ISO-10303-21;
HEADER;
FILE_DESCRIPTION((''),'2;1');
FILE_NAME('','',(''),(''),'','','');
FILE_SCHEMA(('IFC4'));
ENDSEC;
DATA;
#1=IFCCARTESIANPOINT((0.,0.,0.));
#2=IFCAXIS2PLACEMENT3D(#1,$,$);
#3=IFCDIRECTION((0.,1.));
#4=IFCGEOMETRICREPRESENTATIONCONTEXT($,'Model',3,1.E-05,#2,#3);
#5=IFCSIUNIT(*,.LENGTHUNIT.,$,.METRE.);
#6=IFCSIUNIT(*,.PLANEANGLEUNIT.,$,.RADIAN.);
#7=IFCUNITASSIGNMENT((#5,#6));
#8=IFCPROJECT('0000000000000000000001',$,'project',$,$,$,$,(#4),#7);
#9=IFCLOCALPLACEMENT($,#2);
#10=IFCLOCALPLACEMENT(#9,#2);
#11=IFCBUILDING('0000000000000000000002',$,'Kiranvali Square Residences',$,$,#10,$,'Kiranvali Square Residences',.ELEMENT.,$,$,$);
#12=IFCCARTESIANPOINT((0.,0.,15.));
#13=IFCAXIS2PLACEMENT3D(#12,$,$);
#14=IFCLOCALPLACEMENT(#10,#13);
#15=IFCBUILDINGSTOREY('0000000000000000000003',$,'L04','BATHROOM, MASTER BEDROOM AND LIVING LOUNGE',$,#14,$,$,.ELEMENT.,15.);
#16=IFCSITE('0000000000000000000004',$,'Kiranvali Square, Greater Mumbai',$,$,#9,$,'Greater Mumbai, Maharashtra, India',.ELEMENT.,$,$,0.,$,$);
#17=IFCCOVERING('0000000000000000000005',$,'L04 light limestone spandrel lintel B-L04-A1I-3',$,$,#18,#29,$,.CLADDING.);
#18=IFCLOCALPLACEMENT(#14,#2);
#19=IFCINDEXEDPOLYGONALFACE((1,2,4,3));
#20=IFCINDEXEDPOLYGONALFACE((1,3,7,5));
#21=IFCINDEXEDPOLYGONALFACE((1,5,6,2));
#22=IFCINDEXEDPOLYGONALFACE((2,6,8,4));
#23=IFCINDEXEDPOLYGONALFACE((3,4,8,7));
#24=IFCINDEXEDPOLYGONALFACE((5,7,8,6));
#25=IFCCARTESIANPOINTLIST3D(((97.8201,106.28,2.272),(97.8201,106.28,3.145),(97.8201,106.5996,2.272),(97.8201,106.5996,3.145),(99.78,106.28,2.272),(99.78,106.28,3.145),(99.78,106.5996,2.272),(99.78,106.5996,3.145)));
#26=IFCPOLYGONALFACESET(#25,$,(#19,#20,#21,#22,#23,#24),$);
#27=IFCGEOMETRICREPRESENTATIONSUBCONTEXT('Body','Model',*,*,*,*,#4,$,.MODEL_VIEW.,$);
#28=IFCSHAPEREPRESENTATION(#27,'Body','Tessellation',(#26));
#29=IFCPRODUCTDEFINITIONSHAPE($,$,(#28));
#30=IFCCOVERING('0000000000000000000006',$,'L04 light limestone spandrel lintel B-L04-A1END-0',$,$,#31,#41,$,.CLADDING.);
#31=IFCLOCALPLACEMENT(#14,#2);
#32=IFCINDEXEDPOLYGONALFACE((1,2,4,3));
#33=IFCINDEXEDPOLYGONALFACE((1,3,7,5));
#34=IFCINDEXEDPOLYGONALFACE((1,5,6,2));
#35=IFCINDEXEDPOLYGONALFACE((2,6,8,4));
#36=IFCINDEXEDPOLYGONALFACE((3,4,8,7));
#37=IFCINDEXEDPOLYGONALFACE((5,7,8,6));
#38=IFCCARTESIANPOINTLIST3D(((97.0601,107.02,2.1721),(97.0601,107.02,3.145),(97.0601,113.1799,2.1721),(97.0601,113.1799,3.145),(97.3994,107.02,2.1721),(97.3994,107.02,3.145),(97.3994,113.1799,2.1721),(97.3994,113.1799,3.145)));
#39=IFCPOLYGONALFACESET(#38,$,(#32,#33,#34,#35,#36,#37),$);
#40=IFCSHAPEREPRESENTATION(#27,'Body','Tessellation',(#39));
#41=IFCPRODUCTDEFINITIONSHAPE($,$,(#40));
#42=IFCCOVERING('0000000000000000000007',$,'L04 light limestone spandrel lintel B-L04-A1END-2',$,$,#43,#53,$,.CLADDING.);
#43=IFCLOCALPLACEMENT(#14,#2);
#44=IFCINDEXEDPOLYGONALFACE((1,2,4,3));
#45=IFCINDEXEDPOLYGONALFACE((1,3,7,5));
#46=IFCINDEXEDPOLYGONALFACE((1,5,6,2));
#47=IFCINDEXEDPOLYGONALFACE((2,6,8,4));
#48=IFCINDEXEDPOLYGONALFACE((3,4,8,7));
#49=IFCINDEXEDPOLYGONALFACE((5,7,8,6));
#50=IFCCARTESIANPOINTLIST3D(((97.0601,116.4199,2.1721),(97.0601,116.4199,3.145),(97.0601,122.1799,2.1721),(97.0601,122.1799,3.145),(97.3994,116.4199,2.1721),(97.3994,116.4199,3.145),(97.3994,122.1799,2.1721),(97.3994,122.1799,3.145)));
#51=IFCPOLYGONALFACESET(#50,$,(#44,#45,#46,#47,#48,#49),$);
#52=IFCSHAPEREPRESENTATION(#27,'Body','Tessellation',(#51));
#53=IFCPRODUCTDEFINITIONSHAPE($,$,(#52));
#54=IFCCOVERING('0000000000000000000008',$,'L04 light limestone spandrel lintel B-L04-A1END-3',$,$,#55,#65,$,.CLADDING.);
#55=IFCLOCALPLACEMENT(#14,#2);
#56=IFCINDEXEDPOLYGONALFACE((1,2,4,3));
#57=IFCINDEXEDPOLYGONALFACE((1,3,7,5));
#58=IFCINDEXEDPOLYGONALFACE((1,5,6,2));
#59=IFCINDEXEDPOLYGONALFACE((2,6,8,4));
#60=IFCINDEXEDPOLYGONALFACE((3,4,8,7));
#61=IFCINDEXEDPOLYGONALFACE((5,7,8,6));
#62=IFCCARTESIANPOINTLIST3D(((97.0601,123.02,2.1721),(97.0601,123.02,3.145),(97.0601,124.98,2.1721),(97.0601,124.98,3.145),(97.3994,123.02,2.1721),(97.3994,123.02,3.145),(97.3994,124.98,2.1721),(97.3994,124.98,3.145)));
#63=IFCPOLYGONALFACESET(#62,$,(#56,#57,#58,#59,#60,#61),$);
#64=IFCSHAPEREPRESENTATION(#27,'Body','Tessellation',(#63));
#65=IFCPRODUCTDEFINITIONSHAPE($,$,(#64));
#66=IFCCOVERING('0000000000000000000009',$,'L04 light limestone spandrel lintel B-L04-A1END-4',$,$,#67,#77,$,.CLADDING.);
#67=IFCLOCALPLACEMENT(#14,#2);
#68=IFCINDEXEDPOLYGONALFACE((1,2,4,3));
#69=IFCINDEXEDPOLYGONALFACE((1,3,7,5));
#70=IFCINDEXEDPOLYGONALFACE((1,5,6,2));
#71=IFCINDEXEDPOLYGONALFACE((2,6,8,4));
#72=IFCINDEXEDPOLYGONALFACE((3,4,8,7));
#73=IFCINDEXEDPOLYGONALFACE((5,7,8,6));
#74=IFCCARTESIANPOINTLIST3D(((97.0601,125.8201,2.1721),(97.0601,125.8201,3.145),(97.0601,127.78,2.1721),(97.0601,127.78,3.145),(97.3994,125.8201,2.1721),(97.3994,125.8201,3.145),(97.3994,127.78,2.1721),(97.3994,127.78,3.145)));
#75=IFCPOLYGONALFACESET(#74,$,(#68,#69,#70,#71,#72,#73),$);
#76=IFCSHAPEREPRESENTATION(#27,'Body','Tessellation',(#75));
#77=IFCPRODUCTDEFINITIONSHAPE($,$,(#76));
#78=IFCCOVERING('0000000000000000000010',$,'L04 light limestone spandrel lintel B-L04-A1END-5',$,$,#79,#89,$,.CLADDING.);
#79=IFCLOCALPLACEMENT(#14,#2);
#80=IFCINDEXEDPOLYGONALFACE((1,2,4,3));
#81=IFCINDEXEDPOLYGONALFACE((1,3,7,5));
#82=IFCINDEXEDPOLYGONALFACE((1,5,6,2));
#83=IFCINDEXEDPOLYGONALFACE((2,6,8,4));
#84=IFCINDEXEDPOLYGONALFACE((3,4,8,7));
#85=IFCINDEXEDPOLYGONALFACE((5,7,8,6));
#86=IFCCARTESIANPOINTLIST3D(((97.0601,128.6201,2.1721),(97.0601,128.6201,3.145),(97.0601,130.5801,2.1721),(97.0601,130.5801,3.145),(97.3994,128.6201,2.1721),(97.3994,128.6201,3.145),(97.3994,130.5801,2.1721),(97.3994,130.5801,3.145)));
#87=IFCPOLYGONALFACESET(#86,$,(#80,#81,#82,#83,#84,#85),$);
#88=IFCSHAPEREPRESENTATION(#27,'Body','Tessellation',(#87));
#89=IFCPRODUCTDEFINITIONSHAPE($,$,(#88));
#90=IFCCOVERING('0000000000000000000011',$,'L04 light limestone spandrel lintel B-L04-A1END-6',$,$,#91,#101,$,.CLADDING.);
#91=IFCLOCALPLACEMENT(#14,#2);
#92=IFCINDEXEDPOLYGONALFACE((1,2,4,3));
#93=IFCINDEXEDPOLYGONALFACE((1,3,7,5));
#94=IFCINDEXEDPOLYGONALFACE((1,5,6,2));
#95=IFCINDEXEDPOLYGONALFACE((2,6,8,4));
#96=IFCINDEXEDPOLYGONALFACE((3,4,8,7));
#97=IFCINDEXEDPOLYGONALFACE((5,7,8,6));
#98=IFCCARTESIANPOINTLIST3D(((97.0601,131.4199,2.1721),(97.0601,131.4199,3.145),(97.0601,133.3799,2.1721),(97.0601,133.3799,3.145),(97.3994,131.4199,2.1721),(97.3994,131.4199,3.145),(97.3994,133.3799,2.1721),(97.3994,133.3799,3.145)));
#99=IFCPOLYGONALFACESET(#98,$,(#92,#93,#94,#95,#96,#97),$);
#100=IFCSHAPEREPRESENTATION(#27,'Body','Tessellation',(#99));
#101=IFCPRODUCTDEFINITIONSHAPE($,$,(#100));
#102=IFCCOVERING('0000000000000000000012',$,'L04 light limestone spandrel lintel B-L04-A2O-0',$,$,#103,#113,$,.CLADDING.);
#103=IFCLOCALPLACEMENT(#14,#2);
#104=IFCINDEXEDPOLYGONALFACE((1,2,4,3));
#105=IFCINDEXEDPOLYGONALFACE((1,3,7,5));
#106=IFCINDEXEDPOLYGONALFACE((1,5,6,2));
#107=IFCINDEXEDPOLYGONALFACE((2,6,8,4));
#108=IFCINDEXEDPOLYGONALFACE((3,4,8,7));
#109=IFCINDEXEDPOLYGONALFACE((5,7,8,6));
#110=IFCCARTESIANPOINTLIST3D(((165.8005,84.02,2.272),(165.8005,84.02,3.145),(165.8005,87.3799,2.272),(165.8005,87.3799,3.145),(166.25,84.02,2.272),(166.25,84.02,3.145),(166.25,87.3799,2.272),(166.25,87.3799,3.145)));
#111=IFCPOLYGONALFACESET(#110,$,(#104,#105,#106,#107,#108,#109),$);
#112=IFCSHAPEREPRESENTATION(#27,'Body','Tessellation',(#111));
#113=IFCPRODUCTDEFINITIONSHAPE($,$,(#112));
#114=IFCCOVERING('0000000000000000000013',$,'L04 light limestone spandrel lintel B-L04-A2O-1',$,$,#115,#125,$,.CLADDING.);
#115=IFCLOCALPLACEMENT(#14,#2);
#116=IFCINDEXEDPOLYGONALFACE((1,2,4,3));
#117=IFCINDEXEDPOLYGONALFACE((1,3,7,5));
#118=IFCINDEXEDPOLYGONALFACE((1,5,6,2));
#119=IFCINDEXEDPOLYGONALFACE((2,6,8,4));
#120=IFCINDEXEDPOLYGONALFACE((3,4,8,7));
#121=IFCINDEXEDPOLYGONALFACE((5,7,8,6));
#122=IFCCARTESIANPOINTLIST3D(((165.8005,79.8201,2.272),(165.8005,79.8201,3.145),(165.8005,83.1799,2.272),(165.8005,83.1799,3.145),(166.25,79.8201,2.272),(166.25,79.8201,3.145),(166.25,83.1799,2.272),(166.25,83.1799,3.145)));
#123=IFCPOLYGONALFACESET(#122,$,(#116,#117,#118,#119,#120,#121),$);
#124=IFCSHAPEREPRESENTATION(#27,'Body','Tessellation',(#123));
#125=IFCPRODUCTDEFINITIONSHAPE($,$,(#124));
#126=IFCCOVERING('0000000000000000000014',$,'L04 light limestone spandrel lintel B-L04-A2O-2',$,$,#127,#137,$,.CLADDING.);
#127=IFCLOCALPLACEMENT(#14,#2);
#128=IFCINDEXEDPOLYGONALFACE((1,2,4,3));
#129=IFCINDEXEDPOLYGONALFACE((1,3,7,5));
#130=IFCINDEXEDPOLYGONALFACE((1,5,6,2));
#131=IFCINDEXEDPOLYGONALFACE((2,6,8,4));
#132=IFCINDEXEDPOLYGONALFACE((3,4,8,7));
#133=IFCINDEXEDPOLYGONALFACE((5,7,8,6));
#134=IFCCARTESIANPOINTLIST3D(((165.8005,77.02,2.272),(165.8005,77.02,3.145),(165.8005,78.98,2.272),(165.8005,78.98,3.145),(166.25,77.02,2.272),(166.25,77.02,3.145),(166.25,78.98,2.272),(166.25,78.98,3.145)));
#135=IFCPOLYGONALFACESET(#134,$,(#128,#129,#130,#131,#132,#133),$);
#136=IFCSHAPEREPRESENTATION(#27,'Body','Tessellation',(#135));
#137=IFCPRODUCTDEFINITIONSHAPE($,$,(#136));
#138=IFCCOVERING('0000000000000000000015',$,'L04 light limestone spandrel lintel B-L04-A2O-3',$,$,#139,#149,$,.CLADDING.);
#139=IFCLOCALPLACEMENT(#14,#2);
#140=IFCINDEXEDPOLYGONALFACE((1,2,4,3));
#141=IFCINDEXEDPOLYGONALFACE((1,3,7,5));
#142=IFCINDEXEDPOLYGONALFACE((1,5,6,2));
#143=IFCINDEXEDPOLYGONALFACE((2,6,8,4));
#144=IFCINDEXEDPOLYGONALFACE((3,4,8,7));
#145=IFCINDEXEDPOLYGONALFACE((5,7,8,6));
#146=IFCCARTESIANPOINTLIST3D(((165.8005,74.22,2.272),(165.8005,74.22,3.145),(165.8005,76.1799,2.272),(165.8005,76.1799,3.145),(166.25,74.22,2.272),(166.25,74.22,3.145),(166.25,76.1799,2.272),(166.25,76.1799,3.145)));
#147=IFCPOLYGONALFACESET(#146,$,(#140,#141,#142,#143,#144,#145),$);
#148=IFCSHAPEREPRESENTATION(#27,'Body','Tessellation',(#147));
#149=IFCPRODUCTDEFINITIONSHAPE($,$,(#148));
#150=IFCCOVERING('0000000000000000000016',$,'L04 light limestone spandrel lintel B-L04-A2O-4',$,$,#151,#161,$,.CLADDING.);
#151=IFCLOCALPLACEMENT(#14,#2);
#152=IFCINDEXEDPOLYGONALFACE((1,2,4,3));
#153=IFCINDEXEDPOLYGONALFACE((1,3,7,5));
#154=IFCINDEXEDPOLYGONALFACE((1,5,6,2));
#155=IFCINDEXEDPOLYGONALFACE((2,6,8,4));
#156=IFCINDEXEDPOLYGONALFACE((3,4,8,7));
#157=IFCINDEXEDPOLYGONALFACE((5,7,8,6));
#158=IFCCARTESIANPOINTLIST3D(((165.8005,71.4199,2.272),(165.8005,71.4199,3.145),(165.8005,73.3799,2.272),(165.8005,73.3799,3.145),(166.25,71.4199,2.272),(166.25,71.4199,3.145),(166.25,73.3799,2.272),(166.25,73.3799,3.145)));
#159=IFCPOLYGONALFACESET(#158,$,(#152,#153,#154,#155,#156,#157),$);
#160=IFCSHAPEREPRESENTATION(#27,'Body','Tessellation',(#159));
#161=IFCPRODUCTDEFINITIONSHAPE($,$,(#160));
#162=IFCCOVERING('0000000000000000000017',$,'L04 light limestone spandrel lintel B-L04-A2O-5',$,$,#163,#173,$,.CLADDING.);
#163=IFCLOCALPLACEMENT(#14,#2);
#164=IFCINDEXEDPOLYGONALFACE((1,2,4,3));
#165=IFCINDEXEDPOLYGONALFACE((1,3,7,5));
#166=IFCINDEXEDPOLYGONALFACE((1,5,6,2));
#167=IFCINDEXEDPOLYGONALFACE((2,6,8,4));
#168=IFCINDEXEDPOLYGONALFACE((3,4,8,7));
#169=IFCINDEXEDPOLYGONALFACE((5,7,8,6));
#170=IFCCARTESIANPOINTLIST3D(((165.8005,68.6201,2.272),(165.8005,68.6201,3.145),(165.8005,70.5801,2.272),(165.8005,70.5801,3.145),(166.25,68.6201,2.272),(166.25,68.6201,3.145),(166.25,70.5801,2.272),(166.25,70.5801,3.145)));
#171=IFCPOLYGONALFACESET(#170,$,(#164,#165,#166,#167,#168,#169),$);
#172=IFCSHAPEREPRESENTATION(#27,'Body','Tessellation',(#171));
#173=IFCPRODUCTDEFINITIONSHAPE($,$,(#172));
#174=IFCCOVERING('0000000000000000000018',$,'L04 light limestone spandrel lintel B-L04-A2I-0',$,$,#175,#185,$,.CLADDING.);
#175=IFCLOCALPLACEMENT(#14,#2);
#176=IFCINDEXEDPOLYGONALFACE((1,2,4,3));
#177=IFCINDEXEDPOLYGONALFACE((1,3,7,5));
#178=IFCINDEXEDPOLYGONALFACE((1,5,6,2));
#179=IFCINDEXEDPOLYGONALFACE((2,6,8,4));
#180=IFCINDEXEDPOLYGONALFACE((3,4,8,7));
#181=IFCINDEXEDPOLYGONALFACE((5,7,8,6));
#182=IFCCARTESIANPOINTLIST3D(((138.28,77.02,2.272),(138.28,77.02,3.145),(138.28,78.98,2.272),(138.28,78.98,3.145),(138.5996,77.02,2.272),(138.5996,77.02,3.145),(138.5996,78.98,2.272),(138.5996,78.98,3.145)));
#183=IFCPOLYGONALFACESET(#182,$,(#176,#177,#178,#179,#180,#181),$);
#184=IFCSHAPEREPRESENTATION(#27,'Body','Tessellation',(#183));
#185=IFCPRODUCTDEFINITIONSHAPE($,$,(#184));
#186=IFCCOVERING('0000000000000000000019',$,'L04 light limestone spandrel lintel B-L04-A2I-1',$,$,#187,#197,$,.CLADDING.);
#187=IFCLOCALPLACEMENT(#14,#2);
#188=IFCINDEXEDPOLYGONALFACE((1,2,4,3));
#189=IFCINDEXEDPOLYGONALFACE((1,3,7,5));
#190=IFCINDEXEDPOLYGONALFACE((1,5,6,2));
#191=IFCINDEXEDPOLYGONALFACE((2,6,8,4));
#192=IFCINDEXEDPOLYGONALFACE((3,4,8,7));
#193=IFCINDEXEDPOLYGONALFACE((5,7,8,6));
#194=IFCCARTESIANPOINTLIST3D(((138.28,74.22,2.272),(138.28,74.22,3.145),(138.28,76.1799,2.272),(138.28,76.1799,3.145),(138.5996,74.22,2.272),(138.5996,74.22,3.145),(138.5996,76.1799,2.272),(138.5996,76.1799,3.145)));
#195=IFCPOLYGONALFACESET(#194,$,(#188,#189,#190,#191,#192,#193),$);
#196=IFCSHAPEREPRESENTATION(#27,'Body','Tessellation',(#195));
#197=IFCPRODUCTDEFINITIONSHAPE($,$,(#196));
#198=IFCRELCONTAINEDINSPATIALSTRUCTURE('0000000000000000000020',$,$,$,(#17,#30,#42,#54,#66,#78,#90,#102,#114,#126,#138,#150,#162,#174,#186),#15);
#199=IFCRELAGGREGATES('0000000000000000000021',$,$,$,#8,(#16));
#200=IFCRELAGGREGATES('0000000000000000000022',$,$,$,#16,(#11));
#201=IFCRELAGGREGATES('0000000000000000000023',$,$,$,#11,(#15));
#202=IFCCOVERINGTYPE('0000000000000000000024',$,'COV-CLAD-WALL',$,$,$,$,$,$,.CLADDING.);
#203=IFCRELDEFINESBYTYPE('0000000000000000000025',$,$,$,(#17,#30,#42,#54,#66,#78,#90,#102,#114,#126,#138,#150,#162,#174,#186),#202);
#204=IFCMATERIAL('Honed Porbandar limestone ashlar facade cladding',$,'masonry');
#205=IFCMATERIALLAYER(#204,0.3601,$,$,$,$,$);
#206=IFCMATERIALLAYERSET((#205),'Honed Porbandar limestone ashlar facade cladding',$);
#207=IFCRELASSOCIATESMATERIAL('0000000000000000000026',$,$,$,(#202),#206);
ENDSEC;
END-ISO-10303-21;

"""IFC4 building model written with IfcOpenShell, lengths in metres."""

from ifc_helpers import new_model, si_unit, direction, frame, origin, place, context, subcontext, project, spatial, polyline, outline, extrude, material, layer, layer_set, type_object, element, save


model = new_model("IFC4")

# Units and contexts
model_context = context("Model", 3, precision=1e-05, world=origin(), true_north=direction((0.0, 1.0)))
body_context = subcontext(model_context, "Body", "Model", "MODEL_VIEW")
ifc_project = project(units=[si_unit("LENGTHUNIT", "METRE"), si_unit("PLANEANGLEUNIT", "RADIAN")], contexts=[model_context])

# Site, building, storey
site_placement = place(None, origin())
site = spatial("IfcSite", under=ifc_project, at=site_placement, Name="Kiranvali Square, Greater Mumbai", LongName="Greater Mumbai, Maharashtra, India", CompositionType="ELEMENT", RefElevation=0.0)
building_placement = place(site_placement, origin())
building = spatial("IfcBuilding", under=site, at=building_placement, Name="Kiranvali Square Residences", LongName="Kiranvali Square Residences", CompositionType="ELEMENT")
storey_placement = place(building_placement, frame((0.0, 0.0, 15.0)))
storey = spatial("IfcBuildingStorey", under=building, at=storey_placement, Name="L04", Description="BATHROOM, MASTER BEDROOM AND LIVING LOUNGE", CompositionType="ELEMENT", Elevation=15.0)

# Coverings
ifc_material = material(Name="Honed Porbandar limestone ashlar facade cladding", Category="masonry")
ifc_layer = layer(ifc_material, 0.3601)
ifc_layer_set = layer_set([ifc_layer], Name="Honed Porbandar limestone ashlar facade cladding")
covering_type = type_object("IfcCoveringType", Name="COV-CLAD-WALL", PredefinedType="CLADDING", material=ifc_layer_set)
covering_1_placement = place(storey_placement, frame((0.0, 0.0, 2.272)))
element("IfcCovering", 1, at=covering_1_placement, inside=storey, type_object=covering_type, Name="L04 light limestone spandrel lintel B-L04-A1I-3", PredefinedType="CLADDING", context=body_context, shape_type="SweptSolid", body=[
    extrude(outline(polyline([(99.78, 106.5996), (97.8201, 106.5996), (97.8201, 106.28), (99.78, 106.28), (99.78, 106.5996)])), origin(), (0.0, 0.0, 1.0), 0.873),
])
covering_2_placement = place(storey_placement, frame((0.0, 0.0, 2.1721)))
element("IfcCovering", 2, at=covering_2_placement, inside=storey, type_object=covering_type, Name="L04 light limestone spandrel lintel B-L04-A1END-0", PredefinedType="CLADDING", context=body_context, shape_type="SweptSolid", body=[
    extrude(outline(polyline([(97.3994, 107.02), (97.3994, 113.1799), (97.0601, 113.1799), (97.0601, 107.02), (97.3994, 107.02)])), origin(), (0.0, 0.0, 1.0), 0.9729),
])
covering_3_placement = place(storey_placement, frame((0.0, 0.0, 2.1721)))
element("IfcCovering", 3, at=covering_3_placement, inside=storey, type_object=covering_type, Name="L04 light limestone spandrel lintel B-L04-A1END-2", PredefinedType="CLADDING", context=body_context, shape_type="SweptSolid", body=[
    extrude(outline(polyline([(97.3994, 116.4199), (97.3994, 122.1799), (97.0601, 122.1799), (97.0601, 116.4199), (97.3994, 116.4199)])), origin(), (0.0, 0.0, 1.0), 0.9729),
])
covering_4_placement = place(storey_placement, frame((0.0, 0.0, 2.1721)))
element("IfcCovering", 4, at=covering_4_placement, inside=storey, type_object=covering_type, Name="L04 light limestone spandrel lintel B-L04-A1END-3", PredefinedType="CLADDING", context=body_context, shape_type="SweptSolid", body=[
    extrude(outline(polyline([(97.3994, 123.02), (97.3994, 124.98), (97.0601, 124.98), (97.0601, 123.02), (97.3994, 123.02)])), origin(), (0.0, 0.0, 1.0), 0.9729),
])
covering_5_placement = place(storey_placement, frame((0.0, 0.0, 2.1721)))
element("IfcCovering", 5, at=covering_5_placement, inside=storey, type_object=covering_type, Name="L04 light limestone spandrel lintel B-L04-A1END-4", PredefinedType="CLADDING", context=body_context, shape_type="SweptSolid", body=[
    extrude(outline(polyline([(97.3994, 125.8201), (97.3994, 127.78), (97.0601, 127.78), (97.0601, 125.8201), (97.3994, 125.8201)])), origin(), (0.0, 0.0, 1.0), 0.9729),
])
covering_6_placement = place(storey_placement, frame((0.0, 0.0, 2.1721)))
element("IfcCovering", 6, at=covering_6_placement, inside=storey, type_object=covering_type, Name="L04 light limestone spandrel lintel B-L04-A1END-5", PredefinedType="CLADDING", context=body_context, shape_type="SweptSolid", body=[
    extrude(outline(polyline([(97.3994, 128.6201), (97.3994, 130.5801), (97.0601, 130.5801), (97.0601, 128.6201), (97.3994, 128.6201)])), origin(), (0.0, 0.0, 1.0), 0.9729),
])
covering_7_placement = place(storey_placement, frame((0.0, 0.0, 2.1721)))
element("IfcCovering", 7, at=covering_7_placement, inside=storey, type_object=covering_type, Name="L04 light limestone spandrel lintel B-L04-A1END-6", PredefinedType="CLADDING", context=body_context, shape_type="SweptSolid", body=[
    extrude(outline(polyline([(97.3994, 131.4199), (97.3994, 133.3799), (97.0601, 133.3799), (97.0601, 131.4199), (97.3994, 131.4199)])), origin(), (0.0, 0.0, 1.0), 0.9729),
])
covering_8_placement = place(storey_placement, frame((0.0, 0.0, 2.272)))
element("IfcCovering", 8, at=covering_8_placement, inside=storey, type_object=covering_type, Name="L04 light limestone spandrel lintel B-L04-A2O-0", PredefinedType="CLADDING", context=body_context, shape_type="SweptSolid", body=[
    extrude(outline(polyline([(165.8005, 87.3799), (165.8005, 84.02), (166.25, 84.02), (166.25, 87.3799), (165.8005, 87.3799)])), origin(), (0.0, 0.0, 1.0), 0.873),
])
covering_9_placement = place(storey_placement, frame((0.0, 0.0, 2.272)))
element("IfcCovering", 9, at=covering_9_placement, inside=storey, type_object=covering_type, Name="L04 light limestone spandrel lintel B-L04-A2O-1", PredefinedType="CLADDING", context=body_context, shape_type="SweptSolid", body=[
    extrude(outline(polyline([(165.8005, 83.1799), (165.8005, 79.8201), (166.25, 79.8201), (166.25, 83.1799), (165.8005, 83.1799)])), origin(), (0.0, 0.0, 1.0), 0.873),
])
covering_10_placement = place(storey_placement, frame((0.0, 0.0, 2.272)))
element("IfcCovering", 10, at=covering_10_placement, inside=storey, type_object=covering_type, Name="L04 light limestone spandrel lintel B-L04-A2O-2", PredefinedType="CLADDING", context=body_context, shape_type="SweptSolid", body=[
    extrude(outline(polyline([(165.8005, 78.98), (165.8005, 77.02), (166.25, 77.02), (166.25, 78.98), (165.8005, 78.98)])), origin(), (0.0, 0.0, 1.0), 0.873),
])
covering_11_placement = place(storey_placement, frame((0.0, 0.0, 2.272)))
element("IfcCovering", 11, at=covering_11_placement, inside=storey, type_object=covering_type, Name="L04 light limestone spandrel lintel B-L04-A2O-3", PredefinedType="CLADDING", context=body_context, shape_type="SweptSolid", body=[
    extrude(outline(polyline([(165.8005, 76.1799), (165.8005, 74.22), (166.25, 74.22), (166.25, 76.1799), (165.8005, 76.1799)])), origin(), (0.0, 0.0, 1.0), 0.873),
])
covering_12_placement = place(storey_placement, frame((0.0, 0.0, 2.272)))
element("IfcCovering", 12, at=covering_12_placement, inside=storey, type_object=covering_type, Name="L04 light limestone spandrel lintel B-L04-A2O-4", PredefinedType="CLADDING", context=body_context, shape_type="SweptSolid", body=[
    extrude(outline(polyline([(165.8005, 73.3799), (165.8005, 71.4199), (166.25, 71.4199), (166.25, 73.3799), (165.8005, 73.3799)])), origin(), (0.0, 0.0, 1.0), 0.873),
])
covering_13_placement = place(storey_placement, frame((0.0, 0.0, 2.272)))
element("IfcCovering", 13, at=covering_13_placement, inside=storey, type_object=covering_type, Name="L04 light limestone spandrel lintel B-L04-A2O-5", PredefinedType="CLADDING", context=body_context, shape_type="SweptSolid", body=[
    extrude(outline(polyline([(165.8005, 70.5801), (165.8005, 68.6201), (166.25, 68.6201), (166.25, 70.5801), (165.8005, 70.5801)])), origin(), (0.0, 0.0, 1.0), 0.873),
])
covering_14_placement = place(storey_placement, frame((0.0, 0.0, 2.272)))
element("IfcCovering", 14, at=covering_14_placement, inside=storey, type_object=covering_type, Name="L04 light limestone spandrel lintel B-L04-A2I-0", PredefinedType="CLADDING", context=body_context, shape_type="SweptSolid", body=[
    extrude(outline(polyline([(138.28, 78.98), (138.28, 77.02), (138.5996, 77.02), (138.5996, 78.98), (138.28, 78.98)])), origin(), (0.0, 0.0, 1.0), 0.873),
])
covering_15_placement = place(storey_placement, frame((0.0, 0.0, 2.272)))
element("IfcCovering", 15, at=covering_15_placement, inside=storey, type_object=covering_type, Name="L04 light limestone spandrel lintel B-L04-A2I-1", PredefinedType="CLADDING", context=body_context, shape_type="SweptSolid", body=[
    extrude(outline(polyline([(138.28, 76.1799), (138.28, 74.22), (138.5996, 74.22), (138.5996, 76.1799), (138.28, 76.1799)])), origin(), (0.0, 0.0, 1.0), 0.873),
])

save(model, "model.ifc")
